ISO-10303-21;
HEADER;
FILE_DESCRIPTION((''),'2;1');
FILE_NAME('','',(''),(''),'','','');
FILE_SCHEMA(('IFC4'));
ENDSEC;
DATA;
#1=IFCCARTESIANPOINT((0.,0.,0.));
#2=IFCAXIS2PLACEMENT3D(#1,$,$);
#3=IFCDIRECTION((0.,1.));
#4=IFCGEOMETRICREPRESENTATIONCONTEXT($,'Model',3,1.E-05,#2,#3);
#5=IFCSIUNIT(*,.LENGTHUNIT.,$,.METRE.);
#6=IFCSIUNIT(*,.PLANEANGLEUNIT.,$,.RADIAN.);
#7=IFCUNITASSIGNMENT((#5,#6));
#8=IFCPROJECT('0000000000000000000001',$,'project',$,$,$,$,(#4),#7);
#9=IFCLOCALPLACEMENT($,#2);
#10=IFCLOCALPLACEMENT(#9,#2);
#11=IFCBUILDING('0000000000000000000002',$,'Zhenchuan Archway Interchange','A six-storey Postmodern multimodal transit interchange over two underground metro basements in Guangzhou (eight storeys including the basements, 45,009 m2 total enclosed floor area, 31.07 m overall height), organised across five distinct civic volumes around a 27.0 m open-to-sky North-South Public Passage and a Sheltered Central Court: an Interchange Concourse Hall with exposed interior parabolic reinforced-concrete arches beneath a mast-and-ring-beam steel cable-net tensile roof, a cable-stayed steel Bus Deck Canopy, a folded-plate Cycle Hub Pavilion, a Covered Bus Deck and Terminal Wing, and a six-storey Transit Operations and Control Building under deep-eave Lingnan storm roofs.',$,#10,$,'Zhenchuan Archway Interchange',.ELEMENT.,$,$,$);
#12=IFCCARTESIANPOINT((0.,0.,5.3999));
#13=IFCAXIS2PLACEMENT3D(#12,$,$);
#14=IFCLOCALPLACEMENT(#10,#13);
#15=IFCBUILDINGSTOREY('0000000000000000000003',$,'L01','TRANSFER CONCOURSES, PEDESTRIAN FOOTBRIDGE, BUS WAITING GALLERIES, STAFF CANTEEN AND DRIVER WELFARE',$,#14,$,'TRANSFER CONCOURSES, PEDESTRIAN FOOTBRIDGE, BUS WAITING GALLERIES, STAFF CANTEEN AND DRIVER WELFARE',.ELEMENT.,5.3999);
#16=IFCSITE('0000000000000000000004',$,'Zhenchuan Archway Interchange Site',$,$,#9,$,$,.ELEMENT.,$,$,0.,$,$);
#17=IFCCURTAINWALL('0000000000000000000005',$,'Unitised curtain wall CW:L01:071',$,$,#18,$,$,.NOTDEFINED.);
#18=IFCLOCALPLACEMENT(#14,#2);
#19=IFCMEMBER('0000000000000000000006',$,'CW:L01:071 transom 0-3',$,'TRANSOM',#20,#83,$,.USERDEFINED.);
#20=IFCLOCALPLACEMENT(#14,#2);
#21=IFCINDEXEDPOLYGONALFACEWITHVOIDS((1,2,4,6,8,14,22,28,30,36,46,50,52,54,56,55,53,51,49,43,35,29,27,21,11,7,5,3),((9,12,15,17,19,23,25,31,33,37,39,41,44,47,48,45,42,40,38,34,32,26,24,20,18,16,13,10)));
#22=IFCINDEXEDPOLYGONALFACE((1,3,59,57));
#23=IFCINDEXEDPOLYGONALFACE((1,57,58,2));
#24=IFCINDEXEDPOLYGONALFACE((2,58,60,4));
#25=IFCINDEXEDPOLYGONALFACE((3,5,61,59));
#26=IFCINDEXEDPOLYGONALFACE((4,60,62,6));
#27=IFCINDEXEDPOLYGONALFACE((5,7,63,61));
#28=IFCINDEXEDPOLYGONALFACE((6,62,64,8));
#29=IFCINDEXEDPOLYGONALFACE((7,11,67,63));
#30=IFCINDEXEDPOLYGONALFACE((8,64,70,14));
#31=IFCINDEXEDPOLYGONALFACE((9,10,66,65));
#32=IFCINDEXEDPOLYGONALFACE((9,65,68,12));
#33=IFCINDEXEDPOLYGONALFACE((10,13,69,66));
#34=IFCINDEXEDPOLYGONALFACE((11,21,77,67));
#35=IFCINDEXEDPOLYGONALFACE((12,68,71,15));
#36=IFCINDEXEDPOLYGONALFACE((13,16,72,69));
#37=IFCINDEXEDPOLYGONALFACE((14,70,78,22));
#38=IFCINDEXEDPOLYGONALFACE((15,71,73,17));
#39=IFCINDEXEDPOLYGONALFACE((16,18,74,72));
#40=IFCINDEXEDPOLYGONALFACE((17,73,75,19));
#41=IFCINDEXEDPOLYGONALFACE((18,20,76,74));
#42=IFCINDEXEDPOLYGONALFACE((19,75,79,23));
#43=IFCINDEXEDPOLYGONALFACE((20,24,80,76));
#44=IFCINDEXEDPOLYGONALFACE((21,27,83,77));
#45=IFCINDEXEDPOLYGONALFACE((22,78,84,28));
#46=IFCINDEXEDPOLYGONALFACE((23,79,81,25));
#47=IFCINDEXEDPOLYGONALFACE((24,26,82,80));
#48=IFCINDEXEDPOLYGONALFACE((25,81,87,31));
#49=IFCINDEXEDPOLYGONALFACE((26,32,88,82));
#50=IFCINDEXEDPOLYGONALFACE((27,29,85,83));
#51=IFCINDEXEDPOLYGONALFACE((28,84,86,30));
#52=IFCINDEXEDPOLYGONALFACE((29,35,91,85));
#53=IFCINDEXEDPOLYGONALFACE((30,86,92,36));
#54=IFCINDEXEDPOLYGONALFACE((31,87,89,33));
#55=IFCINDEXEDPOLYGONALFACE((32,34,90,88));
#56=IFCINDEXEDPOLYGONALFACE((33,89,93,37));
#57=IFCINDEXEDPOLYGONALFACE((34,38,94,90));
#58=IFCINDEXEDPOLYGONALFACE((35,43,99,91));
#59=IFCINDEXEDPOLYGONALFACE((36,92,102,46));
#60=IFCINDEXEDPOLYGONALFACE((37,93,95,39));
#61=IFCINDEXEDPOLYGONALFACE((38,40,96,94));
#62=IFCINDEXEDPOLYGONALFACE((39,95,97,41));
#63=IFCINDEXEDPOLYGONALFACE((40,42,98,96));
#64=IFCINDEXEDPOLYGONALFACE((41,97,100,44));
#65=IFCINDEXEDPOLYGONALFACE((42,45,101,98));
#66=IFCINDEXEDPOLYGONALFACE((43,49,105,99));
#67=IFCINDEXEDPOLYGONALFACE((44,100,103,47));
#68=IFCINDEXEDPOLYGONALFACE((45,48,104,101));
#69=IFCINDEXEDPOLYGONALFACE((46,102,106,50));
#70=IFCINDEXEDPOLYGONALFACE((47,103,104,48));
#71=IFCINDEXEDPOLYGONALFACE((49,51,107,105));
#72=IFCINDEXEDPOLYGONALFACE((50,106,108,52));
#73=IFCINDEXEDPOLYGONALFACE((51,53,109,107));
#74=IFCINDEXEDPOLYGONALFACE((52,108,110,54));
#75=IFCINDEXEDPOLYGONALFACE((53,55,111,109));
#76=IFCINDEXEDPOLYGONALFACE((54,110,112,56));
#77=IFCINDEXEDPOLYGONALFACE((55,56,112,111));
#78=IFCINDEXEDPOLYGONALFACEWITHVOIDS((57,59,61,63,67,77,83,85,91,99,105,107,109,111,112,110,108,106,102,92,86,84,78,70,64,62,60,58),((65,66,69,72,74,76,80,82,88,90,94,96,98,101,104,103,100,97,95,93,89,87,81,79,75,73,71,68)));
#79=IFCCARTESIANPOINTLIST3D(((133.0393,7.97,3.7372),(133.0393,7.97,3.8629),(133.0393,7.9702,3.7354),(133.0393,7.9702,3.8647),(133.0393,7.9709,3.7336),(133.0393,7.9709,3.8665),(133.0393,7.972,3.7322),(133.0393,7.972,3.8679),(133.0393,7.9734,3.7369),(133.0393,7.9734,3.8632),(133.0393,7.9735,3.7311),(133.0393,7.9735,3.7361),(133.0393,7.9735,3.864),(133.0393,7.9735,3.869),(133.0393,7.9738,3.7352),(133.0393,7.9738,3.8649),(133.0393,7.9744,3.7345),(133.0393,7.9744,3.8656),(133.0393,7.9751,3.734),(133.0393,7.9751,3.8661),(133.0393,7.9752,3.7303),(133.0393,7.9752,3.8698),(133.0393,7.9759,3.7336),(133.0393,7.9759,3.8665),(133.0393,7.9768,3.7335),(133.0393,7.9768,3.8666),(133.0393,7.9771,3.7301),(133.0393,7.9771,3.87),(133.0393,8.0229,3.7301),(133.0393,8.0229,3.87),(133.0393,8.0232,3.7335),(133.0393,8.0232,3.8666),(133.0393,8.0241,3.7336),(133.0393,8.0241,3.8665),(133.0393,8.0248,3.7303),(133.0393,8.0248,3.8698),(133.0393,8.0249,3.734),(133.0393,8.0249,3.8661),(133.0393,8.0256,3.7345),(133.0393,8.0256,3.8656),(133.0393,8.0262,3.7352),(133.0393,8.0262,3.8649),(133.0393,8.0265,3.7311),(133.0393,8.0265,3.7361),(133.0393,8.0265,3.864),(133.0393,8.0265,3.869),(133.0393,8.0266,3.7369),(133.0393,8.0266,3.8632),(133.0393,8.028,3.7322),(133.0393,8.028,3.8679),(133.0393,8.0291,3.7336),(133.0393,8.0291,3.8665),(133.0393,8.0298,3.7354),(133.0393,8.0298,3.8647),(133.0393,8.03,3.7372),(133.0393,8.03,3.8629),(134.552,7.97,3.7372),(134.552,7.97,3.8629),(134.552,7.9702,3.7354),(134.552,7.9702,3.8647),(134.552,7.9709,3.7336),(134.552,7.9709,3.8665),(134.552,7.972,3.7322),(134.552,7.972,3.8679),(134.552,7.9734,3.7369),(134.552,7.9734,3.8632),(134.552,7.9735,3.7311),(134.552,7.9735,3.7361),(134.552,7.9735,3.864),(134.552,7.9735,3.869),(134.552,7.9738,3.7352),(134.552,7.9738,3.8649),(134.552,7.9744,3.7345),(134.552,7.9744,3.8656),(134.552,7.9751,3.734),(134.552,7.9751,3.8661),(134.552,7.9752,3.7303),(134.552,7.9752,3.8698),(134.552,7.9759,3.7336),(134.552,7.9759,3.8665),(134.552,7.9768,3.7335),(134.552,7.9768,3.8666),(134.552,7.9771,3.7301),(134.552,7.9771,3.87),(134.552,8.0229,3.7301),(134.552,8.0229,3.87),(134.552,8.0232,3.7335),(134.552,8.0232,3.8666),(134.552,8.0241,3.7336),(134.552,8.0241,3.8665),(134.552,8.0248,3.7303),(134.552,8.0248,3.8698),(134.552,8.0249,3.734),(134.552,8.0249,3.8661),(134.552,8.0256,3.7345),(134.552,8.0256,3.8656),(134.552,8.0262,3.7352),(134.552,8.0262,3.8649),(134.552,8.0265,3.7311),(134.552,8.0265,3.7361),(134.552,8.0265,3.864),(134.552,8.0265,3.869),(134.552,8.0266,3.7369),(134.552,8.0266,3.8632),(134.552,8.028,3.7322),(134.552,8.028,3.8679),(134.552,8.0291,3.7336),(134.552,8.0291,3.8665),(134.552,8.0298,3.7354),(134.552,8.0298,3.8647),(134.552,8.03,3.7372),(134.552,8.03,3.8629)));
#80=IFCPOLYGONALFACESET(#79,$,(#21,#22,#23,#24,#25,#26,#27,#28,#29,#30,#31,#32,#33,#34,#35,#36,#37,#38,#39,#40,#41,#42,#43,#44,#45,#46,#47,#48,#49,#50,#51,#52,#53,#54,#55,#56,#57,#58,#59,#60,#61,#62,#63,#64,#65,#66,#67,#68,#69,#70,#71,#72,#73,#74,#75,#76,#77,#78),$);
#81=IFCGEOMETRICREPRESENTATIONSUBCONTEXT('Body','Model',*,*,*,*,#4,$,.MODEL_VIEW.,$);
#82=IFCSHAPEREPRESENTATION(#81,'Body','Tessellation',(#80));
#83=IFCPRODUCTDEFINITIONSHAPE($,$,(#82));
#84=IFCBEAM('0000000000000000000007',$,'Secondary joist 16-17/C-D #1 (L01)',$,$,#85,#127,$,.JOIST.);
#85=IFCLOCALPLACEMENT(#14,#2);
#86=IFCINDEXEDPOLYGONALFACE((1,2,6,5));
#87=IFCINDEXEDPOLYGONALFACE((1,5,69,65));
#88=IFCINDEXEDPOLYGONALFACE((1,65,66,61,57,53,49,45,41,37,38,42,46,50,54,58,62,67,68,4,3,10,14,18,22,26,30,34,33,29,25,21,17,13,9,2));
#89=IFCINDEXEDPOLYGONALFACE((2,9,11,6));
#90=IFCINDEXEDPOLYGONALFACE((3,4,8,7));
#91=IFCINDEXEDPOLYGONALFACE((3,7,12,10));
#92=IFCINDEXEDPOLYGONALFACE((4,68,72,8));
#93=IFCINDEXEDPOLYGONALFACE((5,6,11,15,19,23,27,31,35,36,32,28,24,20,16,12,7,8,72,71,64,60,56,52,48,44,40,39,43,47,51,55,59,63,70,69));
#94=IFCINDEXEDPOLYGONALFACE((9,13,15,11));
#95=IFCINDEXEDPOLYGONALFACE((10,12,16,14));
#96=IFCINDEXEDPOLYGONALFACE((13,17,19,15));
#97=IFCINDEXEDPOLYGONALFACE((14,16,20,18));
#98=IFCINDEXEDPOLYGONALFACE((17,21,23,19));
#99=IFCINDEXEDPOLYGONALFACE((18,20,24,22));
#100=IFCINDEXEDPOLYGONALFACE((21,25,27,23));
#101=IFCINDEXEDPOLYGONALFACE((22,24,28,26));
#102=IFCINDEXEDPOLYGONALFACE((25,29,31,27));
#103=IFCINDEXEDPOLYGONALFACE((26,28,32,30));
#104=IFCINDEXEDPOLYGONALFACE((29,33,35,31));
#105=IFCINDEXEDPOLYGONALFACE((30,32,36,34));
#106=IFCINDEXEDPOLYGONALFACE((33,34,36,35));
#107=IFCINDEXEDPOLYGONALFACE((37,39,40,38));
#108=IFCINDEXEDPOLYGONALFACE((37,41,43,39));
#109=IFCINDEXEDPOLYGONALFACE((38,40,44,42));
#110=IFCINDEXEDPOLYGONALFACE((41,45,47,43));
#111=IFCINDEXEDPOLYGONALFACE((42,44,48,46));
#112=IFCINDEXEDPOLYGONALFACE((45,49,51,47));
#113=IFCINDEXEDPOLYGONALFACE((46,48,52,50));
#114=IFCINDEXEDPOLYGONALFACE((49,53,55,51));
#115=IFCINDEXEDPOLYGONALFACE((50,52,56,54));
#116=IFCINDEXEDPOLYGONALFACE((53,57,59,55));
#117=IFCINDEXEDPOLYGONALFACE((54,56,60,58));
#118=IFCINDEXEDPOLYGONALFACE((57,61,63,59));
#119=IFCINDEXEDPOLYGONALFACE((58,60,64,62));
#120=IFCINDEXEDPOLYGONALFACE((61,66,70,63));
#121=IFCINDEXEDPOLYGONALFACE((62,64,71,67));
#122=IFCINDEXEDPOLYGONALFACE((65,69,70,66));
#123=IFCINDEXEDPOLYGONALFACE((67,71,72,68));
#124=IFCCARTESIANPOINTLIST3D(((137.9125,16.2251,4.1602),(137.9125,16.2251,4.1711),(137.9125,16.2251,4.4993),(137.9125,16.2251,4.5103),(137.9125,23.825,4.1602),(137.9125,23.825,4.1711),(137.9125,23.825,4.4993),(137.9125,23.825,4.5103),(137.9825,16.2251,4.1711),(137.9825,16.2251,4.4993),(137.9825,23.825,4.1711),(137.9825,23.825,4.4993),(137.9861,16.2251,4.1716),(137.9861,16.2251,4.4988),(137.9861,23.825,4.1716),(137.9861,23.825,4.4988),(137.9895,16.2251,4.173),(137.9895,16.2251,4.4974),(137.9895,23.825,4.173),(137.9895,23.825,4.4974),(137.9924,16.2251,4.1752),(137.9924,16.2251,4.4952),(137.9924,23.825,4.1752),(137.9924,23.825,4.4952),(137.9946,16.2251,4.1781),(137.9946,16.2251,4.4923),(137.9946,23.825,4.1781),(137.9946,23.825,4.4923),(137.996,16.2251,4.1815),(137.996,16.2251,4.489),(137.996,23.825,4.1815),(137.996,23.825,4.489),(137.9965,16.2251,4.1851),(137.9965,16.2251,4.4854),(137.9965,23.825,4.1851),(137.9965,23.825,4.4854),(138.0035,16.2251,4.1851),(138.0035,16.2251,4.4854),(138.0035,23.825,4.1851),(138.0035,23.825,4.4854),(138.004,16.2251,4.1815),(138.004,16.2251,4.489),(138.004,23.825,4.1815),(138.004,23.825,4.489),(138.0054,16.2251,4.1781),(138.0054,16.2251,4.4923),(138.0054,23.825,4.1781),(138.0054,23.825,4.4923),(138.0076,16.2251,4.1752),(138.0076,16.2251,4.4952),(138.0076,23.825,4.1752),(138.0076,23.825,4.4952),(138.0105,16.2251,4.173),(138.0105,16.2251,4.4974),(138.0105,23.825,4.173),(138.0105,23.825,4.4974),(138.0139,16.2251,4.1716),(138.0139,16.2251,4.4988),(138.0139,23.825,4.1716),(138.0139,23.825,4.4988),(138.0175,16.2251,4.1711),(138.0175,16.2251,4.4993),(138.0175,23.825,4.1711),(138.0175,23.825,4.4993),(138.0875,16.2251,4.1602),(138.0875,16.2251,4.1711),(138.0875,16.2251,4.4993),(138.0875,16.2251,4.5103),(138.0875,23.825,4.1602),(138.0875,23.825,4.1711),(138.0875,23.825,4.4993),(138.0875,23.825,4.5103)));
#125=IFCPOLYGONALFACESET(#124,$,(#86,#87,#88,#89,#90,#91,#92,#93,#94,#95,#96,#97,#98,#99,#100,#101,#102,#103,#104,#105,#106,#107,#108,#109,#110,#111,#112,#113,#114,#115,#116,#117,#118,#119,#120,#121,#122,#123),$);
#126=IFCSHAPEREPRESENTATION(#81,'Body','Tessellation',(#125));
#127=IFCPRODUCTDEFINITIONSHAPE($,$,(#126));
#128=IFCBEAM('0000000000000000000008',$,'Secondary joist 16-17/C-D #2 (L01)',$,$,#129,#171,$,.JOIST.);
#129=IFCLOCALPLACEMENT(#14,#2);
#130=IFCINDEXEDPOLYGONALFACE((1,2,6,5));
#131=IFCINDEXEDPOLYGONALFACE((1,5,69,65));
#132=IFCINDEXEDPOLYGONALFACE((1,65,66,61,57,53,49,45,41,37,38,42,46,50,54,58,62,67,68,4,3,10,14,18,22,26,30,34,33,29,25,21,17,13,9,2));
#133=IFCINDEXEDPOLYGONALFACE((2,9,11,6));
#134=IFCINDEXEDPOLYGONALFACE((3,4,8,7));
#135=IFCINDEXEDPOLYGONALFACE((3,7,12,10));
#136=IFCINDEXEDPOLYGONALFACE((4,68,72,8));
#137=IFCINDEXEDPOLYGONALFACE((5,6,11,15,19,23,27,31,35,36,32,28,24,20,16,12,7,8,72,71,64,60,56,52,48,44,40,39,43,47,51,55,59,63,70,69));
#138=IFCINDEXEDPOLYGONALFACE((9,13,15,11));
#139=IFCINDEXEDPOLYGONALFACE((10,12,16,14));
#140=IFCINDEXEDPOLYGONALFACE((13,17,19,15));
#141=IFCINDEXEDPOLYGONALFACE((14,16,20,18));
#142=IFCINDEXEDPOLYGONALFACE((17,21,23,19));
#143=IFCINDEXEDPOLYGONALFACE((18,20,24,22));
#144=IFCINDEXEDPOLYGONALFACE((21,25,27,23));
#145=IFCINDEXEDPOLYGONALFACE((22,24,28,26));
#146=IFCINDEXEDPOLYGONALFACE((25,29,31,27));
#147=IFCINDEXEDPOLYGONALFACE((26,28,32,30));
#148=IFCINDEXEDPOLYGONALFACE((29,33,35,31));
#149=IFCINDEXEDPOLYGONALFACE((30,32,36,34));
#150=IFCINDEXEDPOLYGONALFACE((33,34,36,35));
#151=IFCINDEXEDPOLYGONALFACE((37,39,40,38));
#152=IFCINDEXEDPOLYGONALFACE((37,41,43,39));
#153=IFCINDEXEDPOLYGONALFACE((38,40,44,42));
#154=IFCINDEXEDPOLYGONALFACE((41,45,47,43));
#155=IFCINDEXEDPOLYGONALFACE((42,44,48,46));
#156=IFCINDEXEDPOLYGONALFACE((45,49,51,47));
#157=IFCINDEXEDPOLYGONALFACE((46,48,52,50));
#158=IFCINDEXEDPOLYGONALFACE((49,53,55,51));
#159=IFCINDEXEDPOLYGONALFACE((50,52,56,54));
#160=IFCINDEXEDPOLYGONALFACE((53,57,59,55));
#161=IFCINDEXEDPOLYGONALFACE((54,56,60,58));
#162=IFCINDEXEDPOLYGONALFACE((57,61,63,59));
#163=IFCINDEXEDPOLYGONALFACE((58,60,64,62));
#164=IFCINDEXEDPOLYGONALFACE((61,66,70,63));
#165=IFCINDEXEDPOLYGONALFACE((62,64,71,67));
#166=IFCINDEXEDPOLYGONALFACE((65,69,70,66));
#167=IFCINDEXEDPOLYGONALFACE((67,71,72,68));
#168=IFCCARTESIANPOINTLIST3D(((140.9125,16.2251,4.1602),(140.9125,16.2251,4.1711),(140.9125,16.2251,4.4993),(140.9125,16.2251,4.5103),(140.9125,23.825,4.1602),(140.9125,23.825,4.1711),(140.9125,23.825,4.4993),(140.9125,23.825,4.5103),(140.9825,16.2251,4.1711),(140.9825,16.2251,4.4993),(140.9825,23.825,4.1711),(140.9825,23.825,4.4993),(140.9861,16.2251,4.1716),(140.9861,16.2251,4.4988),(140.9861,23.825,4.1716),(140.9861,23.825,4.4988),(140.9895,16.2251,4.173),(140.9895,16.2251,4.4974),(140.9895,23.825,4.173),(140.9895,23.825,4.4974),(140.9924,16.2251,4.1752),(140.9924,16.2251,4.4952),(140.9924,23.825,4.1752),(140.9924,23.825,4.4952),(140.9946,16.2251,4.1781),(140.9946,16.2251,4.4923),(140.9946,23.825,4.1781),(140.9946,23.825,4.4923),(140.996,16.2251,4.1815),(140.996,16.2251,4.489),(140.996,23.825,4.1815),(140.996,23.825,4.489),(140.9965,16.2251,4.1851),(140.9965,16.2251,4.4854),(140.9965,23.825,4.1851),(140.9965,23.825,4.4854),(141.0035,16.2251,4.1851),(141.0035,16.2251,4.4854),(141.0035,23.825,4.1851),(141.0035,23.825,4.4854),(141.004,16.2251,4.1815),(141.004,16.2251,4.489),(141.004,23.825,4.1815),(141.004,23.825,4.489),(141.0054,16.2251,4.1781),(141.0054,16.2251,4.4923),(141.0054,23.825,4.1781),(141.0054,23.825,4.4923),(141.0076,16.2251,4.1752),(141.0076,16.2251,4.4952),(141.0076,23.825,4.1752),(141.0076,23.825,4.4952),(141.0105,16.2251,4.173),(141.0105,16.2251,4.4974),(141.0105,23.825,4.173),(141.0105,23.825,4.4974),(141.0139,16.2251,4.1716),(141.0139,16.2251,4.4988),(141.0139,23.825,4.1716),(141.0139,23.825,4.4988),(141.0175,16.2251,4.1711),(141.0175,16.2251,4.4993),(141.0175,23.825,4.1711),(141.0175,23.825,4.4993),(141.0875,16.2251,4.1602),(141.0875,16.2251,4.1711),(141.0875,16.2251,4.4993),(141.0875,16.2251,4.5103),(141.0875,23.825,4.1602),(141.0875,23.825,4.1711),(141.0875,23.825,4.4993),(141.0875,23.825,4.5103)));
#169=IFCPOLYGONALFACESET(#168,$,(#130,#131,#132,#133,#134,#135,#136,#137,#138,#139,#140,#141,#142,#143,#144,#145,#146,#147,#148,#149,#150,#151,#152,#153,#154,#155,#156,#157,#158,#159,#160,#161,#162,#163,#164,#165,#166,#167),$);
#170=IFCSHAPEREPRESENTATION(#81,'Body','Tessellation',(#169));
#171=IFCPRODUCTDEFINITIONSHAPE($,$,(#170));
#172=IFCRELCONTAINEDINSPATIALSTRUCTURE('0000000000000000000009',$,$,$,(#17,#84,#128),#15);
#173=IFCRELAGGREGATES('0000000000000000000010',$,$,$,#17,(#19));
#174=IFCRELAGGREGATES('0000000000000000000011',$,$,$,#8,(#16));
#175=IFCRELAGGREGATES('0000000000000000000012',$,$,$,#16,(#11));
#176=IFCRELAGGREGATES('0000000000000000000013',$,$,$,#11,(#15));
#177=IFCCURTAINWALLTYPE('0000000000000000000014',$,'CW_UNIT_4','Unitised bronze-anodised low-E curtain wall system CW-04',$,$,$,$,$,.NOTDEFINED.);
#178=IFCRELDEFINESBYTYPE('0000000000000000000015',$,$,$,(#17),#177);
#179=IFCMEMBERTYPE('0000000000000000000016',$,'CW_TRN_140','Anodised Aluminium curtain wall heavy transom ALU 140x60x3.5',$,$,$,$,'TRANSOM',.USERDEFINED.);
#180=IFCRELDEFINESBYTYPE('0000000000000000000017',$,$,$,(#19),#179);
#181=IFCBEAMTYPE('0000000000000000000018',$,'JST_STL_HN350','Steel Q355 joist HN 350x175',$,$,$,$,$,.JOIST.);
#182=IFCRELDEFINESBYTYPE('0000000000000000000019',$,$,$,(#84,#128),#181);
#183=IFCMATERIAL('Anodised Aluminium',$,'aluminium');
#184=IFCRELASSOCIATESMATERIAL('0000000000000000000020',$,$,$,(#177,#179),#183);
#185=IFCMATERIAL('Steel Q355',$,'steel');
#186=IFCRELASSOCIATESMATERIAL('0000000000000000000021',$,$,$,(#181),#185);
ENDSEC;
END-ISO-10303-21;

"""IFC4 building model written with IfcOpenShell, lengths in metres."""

from ifc_helpers import new_model, si_unit, direction, frame, origin, origin_2d, place, context, subcontext, project, spatial, hollow_rectangle, i_section, extrude, material, material_profile, profile_set, type_object, element, aggregate, save


model = new_model("IFC4")

# Units and contexts
model_context = context("Model", 3, precision=1e-05, world=origin(), true_north=direction((0.0, 1.0)))
body_context = subcontext(model_context, "Body", "Model", "MODEL_VIEW")
ifc_project = project(units=[si_unit("LENGTHUNIT", "METRE"), si_unit("PLANEANGLEUNIT", "RADIAN")], contexts=[model_context])

# Site, building, storey
site_placement = place(None, origin())
site = spatial("IfcSite", under=ifc_project, at=site_placement, Name="Zhenchuan Archway Interchange Site", CompositionType="ELEMENT", RefElevation=0.0)
building_placement = place(site_placement, origin())
building = spatial("IfcBuilding", under=site, at=building_placement, Name="Zhenchuan Archway Interchange", Description="A six-storey Postmodern multimodal transit interchange over two underground metro basements in Guangzhou (eight storeys including the basements, 45,009 m2 total enclosed floor area, 31.07 m overall height), organised across five distinct civic volumes around a 27.0 m open-to-sky North-South Public Passage and a Sheltered Central Court: an Interchange Concourse Hall with exposed interior parabolic reinforced-concrete arches beneath a mast-and-ring-beam steel cable-net tensile roof, a cable-stayed steel Bus Deck Canopy, a folded-plate Cycle Hub Pavilion, a Covered Bus Deck and Terminal Wing, and a six-storey Transit Operations and Control Building under deep-eave Lingnan storm roofs.", LongName="Zhenchuan Archway Interchange", CompositionType="ELEMENT")
storey_placement = place(building_placement, frame((0.0, 0.0, 5.3999)))
storey = spatial("IfcBuildingStorey", under=building, at=storey_placement, Name="L01", Description="TRANSFER CONCOURSES, PEDESTRIAN FOOTBRIDGE, BUS WAITING GALLERIES, STAFF CANTEEN AND DRIVER WELFARE", LongName="TRANSFER CONCOURSES, PEDESTRIAN FOOTBRIDGE, BUS WAITING GALLERIES, STAFF CANTEEN AND DRIVER WELFARE", CompositionType="ELEMENT", Elevation=5.3999)

# Curtain wall, member
ifc_material_1 = material(Name="Anodised Aluminium", Category="aluminium")
curtain_wall_type = type_object("IfcCurtainWallType", Name="CW_UNIT_4", Description="Unitised bronze-anodised low-E curtain wall system CW-04", PredefinedType="NOTDEFINED", material=ifc_material_1)
curtain_wall_placement = place(storey_placement, origin())
curtain_wall = element("IfcCurtainWall", 1, at=curtain_wall_placement, inside=storey, type_object=curtain_wall_type, Name="Unitised curtain wall CW:L01:071", PredefinedType="NOTDEFINED")
ifc_material_profile_1 = material_profile(ifc_material_1, hollow_rectangle(XDim=0.0601, YDim=0.1399, WallThickness=0.0034, InnerFilletRadius=0.0034, OuterFilletRadius=0.0071, at=origin_2d()), Name="ALU 140x60x3.5")
ifc_profile_set_1 = profile_set([ifc_material_profile_1], Name="Anodised Aluminium")
member_type_1 = type_object("IfcMemberType", Name="CW_TRN_140", Description="Anodised Aluminium curtain wall heavy transom ALU 140x60x3.5", ElementType="TRANSOM", PredefinedType="USERDEFINED", material=ifc_profile_set_1)
member_1_placement = place(storey_placement, frame((134.552, 8.0, 3.8), z_axis=(-1.0, 0.0, 0.0), x_axis=(0.0, -1.0, 0.0)))
member_1 = element("IfcMember", 2, at=member_1_placement, type_object=member_type_1, Name="CW:L01:071 transom 0-3", ObjectType="TRANSOM", PredefinedType="USERDEFINED", context=body_context, shape_type="SweptSolid", body=[
    extrude(hollow_rectangle(XDim=0.0601, YDim=0.1399, WallThickness=0.0034, InnerFilletRadius=0.0034, OuterFilletRadius=0.0071, at=origin_2d()), origin(), (0.0, 0.0, 1.0), 1.5127),
])

# Beams
ifc_material_2 = material(Name="Steel Q355", Category="steel")
ifc_material_profile_2 = material_profile(ifc_material_2, i_section(OverallWidth=0.175, OverallDepth=0.3501, WebThickness=0.0071, FlangeThickness=0.011, FilletRadius=0.0139, at=origin_2d()), Name="HN 350x175")
ifc_profile_set_2 = profile_set([ifc_material_profile_2], Name="Steel Q355")
beam_type_1 = type_object("IfcBeamType", Name="JST_STL_HN350", Description="Steel Q355 joist HN 350x175", PredefinedType="JOIST", material=ifc_profile_set_2)
for number, where, z_axis, x_axis, name in (
    (3, (138.0, 16.2251, 4.3352), (0.0, 1.0, 0.0), (-1.0, 0.0, 0.0), "Secondary joist 16-17/C-D #1 (L01)"),
    (4, (141.0, 16.2251, 4.3352), (0.0, 1.0, 0.0), (-1.0, 0.0, 0.0), "Secondary joist 16-17/C-D #2 (L01)"),
):
    element("IfcBeam", number, at=place(storey_placement, frame(where, z_axis=z_axis, x_axis=x_axis)), inside=storey, type_object=beam_type_1, Name=name, PredefinedType="JOIST", context=body_context, shape_type="SweptSolid", body=[
        extrude(i_section(OverallWidth=0.175, OverallDepth=0.3501, WebThickness=0.0071, FlangeThickness=0.011, FilletRadius=0.0139, at=origin_2d()), origin(), (0.0, 0.0, 1.0), 7.5999),
    ])

aggregate(curtain_wall, [member_1])

save(model, "model.ifc")
